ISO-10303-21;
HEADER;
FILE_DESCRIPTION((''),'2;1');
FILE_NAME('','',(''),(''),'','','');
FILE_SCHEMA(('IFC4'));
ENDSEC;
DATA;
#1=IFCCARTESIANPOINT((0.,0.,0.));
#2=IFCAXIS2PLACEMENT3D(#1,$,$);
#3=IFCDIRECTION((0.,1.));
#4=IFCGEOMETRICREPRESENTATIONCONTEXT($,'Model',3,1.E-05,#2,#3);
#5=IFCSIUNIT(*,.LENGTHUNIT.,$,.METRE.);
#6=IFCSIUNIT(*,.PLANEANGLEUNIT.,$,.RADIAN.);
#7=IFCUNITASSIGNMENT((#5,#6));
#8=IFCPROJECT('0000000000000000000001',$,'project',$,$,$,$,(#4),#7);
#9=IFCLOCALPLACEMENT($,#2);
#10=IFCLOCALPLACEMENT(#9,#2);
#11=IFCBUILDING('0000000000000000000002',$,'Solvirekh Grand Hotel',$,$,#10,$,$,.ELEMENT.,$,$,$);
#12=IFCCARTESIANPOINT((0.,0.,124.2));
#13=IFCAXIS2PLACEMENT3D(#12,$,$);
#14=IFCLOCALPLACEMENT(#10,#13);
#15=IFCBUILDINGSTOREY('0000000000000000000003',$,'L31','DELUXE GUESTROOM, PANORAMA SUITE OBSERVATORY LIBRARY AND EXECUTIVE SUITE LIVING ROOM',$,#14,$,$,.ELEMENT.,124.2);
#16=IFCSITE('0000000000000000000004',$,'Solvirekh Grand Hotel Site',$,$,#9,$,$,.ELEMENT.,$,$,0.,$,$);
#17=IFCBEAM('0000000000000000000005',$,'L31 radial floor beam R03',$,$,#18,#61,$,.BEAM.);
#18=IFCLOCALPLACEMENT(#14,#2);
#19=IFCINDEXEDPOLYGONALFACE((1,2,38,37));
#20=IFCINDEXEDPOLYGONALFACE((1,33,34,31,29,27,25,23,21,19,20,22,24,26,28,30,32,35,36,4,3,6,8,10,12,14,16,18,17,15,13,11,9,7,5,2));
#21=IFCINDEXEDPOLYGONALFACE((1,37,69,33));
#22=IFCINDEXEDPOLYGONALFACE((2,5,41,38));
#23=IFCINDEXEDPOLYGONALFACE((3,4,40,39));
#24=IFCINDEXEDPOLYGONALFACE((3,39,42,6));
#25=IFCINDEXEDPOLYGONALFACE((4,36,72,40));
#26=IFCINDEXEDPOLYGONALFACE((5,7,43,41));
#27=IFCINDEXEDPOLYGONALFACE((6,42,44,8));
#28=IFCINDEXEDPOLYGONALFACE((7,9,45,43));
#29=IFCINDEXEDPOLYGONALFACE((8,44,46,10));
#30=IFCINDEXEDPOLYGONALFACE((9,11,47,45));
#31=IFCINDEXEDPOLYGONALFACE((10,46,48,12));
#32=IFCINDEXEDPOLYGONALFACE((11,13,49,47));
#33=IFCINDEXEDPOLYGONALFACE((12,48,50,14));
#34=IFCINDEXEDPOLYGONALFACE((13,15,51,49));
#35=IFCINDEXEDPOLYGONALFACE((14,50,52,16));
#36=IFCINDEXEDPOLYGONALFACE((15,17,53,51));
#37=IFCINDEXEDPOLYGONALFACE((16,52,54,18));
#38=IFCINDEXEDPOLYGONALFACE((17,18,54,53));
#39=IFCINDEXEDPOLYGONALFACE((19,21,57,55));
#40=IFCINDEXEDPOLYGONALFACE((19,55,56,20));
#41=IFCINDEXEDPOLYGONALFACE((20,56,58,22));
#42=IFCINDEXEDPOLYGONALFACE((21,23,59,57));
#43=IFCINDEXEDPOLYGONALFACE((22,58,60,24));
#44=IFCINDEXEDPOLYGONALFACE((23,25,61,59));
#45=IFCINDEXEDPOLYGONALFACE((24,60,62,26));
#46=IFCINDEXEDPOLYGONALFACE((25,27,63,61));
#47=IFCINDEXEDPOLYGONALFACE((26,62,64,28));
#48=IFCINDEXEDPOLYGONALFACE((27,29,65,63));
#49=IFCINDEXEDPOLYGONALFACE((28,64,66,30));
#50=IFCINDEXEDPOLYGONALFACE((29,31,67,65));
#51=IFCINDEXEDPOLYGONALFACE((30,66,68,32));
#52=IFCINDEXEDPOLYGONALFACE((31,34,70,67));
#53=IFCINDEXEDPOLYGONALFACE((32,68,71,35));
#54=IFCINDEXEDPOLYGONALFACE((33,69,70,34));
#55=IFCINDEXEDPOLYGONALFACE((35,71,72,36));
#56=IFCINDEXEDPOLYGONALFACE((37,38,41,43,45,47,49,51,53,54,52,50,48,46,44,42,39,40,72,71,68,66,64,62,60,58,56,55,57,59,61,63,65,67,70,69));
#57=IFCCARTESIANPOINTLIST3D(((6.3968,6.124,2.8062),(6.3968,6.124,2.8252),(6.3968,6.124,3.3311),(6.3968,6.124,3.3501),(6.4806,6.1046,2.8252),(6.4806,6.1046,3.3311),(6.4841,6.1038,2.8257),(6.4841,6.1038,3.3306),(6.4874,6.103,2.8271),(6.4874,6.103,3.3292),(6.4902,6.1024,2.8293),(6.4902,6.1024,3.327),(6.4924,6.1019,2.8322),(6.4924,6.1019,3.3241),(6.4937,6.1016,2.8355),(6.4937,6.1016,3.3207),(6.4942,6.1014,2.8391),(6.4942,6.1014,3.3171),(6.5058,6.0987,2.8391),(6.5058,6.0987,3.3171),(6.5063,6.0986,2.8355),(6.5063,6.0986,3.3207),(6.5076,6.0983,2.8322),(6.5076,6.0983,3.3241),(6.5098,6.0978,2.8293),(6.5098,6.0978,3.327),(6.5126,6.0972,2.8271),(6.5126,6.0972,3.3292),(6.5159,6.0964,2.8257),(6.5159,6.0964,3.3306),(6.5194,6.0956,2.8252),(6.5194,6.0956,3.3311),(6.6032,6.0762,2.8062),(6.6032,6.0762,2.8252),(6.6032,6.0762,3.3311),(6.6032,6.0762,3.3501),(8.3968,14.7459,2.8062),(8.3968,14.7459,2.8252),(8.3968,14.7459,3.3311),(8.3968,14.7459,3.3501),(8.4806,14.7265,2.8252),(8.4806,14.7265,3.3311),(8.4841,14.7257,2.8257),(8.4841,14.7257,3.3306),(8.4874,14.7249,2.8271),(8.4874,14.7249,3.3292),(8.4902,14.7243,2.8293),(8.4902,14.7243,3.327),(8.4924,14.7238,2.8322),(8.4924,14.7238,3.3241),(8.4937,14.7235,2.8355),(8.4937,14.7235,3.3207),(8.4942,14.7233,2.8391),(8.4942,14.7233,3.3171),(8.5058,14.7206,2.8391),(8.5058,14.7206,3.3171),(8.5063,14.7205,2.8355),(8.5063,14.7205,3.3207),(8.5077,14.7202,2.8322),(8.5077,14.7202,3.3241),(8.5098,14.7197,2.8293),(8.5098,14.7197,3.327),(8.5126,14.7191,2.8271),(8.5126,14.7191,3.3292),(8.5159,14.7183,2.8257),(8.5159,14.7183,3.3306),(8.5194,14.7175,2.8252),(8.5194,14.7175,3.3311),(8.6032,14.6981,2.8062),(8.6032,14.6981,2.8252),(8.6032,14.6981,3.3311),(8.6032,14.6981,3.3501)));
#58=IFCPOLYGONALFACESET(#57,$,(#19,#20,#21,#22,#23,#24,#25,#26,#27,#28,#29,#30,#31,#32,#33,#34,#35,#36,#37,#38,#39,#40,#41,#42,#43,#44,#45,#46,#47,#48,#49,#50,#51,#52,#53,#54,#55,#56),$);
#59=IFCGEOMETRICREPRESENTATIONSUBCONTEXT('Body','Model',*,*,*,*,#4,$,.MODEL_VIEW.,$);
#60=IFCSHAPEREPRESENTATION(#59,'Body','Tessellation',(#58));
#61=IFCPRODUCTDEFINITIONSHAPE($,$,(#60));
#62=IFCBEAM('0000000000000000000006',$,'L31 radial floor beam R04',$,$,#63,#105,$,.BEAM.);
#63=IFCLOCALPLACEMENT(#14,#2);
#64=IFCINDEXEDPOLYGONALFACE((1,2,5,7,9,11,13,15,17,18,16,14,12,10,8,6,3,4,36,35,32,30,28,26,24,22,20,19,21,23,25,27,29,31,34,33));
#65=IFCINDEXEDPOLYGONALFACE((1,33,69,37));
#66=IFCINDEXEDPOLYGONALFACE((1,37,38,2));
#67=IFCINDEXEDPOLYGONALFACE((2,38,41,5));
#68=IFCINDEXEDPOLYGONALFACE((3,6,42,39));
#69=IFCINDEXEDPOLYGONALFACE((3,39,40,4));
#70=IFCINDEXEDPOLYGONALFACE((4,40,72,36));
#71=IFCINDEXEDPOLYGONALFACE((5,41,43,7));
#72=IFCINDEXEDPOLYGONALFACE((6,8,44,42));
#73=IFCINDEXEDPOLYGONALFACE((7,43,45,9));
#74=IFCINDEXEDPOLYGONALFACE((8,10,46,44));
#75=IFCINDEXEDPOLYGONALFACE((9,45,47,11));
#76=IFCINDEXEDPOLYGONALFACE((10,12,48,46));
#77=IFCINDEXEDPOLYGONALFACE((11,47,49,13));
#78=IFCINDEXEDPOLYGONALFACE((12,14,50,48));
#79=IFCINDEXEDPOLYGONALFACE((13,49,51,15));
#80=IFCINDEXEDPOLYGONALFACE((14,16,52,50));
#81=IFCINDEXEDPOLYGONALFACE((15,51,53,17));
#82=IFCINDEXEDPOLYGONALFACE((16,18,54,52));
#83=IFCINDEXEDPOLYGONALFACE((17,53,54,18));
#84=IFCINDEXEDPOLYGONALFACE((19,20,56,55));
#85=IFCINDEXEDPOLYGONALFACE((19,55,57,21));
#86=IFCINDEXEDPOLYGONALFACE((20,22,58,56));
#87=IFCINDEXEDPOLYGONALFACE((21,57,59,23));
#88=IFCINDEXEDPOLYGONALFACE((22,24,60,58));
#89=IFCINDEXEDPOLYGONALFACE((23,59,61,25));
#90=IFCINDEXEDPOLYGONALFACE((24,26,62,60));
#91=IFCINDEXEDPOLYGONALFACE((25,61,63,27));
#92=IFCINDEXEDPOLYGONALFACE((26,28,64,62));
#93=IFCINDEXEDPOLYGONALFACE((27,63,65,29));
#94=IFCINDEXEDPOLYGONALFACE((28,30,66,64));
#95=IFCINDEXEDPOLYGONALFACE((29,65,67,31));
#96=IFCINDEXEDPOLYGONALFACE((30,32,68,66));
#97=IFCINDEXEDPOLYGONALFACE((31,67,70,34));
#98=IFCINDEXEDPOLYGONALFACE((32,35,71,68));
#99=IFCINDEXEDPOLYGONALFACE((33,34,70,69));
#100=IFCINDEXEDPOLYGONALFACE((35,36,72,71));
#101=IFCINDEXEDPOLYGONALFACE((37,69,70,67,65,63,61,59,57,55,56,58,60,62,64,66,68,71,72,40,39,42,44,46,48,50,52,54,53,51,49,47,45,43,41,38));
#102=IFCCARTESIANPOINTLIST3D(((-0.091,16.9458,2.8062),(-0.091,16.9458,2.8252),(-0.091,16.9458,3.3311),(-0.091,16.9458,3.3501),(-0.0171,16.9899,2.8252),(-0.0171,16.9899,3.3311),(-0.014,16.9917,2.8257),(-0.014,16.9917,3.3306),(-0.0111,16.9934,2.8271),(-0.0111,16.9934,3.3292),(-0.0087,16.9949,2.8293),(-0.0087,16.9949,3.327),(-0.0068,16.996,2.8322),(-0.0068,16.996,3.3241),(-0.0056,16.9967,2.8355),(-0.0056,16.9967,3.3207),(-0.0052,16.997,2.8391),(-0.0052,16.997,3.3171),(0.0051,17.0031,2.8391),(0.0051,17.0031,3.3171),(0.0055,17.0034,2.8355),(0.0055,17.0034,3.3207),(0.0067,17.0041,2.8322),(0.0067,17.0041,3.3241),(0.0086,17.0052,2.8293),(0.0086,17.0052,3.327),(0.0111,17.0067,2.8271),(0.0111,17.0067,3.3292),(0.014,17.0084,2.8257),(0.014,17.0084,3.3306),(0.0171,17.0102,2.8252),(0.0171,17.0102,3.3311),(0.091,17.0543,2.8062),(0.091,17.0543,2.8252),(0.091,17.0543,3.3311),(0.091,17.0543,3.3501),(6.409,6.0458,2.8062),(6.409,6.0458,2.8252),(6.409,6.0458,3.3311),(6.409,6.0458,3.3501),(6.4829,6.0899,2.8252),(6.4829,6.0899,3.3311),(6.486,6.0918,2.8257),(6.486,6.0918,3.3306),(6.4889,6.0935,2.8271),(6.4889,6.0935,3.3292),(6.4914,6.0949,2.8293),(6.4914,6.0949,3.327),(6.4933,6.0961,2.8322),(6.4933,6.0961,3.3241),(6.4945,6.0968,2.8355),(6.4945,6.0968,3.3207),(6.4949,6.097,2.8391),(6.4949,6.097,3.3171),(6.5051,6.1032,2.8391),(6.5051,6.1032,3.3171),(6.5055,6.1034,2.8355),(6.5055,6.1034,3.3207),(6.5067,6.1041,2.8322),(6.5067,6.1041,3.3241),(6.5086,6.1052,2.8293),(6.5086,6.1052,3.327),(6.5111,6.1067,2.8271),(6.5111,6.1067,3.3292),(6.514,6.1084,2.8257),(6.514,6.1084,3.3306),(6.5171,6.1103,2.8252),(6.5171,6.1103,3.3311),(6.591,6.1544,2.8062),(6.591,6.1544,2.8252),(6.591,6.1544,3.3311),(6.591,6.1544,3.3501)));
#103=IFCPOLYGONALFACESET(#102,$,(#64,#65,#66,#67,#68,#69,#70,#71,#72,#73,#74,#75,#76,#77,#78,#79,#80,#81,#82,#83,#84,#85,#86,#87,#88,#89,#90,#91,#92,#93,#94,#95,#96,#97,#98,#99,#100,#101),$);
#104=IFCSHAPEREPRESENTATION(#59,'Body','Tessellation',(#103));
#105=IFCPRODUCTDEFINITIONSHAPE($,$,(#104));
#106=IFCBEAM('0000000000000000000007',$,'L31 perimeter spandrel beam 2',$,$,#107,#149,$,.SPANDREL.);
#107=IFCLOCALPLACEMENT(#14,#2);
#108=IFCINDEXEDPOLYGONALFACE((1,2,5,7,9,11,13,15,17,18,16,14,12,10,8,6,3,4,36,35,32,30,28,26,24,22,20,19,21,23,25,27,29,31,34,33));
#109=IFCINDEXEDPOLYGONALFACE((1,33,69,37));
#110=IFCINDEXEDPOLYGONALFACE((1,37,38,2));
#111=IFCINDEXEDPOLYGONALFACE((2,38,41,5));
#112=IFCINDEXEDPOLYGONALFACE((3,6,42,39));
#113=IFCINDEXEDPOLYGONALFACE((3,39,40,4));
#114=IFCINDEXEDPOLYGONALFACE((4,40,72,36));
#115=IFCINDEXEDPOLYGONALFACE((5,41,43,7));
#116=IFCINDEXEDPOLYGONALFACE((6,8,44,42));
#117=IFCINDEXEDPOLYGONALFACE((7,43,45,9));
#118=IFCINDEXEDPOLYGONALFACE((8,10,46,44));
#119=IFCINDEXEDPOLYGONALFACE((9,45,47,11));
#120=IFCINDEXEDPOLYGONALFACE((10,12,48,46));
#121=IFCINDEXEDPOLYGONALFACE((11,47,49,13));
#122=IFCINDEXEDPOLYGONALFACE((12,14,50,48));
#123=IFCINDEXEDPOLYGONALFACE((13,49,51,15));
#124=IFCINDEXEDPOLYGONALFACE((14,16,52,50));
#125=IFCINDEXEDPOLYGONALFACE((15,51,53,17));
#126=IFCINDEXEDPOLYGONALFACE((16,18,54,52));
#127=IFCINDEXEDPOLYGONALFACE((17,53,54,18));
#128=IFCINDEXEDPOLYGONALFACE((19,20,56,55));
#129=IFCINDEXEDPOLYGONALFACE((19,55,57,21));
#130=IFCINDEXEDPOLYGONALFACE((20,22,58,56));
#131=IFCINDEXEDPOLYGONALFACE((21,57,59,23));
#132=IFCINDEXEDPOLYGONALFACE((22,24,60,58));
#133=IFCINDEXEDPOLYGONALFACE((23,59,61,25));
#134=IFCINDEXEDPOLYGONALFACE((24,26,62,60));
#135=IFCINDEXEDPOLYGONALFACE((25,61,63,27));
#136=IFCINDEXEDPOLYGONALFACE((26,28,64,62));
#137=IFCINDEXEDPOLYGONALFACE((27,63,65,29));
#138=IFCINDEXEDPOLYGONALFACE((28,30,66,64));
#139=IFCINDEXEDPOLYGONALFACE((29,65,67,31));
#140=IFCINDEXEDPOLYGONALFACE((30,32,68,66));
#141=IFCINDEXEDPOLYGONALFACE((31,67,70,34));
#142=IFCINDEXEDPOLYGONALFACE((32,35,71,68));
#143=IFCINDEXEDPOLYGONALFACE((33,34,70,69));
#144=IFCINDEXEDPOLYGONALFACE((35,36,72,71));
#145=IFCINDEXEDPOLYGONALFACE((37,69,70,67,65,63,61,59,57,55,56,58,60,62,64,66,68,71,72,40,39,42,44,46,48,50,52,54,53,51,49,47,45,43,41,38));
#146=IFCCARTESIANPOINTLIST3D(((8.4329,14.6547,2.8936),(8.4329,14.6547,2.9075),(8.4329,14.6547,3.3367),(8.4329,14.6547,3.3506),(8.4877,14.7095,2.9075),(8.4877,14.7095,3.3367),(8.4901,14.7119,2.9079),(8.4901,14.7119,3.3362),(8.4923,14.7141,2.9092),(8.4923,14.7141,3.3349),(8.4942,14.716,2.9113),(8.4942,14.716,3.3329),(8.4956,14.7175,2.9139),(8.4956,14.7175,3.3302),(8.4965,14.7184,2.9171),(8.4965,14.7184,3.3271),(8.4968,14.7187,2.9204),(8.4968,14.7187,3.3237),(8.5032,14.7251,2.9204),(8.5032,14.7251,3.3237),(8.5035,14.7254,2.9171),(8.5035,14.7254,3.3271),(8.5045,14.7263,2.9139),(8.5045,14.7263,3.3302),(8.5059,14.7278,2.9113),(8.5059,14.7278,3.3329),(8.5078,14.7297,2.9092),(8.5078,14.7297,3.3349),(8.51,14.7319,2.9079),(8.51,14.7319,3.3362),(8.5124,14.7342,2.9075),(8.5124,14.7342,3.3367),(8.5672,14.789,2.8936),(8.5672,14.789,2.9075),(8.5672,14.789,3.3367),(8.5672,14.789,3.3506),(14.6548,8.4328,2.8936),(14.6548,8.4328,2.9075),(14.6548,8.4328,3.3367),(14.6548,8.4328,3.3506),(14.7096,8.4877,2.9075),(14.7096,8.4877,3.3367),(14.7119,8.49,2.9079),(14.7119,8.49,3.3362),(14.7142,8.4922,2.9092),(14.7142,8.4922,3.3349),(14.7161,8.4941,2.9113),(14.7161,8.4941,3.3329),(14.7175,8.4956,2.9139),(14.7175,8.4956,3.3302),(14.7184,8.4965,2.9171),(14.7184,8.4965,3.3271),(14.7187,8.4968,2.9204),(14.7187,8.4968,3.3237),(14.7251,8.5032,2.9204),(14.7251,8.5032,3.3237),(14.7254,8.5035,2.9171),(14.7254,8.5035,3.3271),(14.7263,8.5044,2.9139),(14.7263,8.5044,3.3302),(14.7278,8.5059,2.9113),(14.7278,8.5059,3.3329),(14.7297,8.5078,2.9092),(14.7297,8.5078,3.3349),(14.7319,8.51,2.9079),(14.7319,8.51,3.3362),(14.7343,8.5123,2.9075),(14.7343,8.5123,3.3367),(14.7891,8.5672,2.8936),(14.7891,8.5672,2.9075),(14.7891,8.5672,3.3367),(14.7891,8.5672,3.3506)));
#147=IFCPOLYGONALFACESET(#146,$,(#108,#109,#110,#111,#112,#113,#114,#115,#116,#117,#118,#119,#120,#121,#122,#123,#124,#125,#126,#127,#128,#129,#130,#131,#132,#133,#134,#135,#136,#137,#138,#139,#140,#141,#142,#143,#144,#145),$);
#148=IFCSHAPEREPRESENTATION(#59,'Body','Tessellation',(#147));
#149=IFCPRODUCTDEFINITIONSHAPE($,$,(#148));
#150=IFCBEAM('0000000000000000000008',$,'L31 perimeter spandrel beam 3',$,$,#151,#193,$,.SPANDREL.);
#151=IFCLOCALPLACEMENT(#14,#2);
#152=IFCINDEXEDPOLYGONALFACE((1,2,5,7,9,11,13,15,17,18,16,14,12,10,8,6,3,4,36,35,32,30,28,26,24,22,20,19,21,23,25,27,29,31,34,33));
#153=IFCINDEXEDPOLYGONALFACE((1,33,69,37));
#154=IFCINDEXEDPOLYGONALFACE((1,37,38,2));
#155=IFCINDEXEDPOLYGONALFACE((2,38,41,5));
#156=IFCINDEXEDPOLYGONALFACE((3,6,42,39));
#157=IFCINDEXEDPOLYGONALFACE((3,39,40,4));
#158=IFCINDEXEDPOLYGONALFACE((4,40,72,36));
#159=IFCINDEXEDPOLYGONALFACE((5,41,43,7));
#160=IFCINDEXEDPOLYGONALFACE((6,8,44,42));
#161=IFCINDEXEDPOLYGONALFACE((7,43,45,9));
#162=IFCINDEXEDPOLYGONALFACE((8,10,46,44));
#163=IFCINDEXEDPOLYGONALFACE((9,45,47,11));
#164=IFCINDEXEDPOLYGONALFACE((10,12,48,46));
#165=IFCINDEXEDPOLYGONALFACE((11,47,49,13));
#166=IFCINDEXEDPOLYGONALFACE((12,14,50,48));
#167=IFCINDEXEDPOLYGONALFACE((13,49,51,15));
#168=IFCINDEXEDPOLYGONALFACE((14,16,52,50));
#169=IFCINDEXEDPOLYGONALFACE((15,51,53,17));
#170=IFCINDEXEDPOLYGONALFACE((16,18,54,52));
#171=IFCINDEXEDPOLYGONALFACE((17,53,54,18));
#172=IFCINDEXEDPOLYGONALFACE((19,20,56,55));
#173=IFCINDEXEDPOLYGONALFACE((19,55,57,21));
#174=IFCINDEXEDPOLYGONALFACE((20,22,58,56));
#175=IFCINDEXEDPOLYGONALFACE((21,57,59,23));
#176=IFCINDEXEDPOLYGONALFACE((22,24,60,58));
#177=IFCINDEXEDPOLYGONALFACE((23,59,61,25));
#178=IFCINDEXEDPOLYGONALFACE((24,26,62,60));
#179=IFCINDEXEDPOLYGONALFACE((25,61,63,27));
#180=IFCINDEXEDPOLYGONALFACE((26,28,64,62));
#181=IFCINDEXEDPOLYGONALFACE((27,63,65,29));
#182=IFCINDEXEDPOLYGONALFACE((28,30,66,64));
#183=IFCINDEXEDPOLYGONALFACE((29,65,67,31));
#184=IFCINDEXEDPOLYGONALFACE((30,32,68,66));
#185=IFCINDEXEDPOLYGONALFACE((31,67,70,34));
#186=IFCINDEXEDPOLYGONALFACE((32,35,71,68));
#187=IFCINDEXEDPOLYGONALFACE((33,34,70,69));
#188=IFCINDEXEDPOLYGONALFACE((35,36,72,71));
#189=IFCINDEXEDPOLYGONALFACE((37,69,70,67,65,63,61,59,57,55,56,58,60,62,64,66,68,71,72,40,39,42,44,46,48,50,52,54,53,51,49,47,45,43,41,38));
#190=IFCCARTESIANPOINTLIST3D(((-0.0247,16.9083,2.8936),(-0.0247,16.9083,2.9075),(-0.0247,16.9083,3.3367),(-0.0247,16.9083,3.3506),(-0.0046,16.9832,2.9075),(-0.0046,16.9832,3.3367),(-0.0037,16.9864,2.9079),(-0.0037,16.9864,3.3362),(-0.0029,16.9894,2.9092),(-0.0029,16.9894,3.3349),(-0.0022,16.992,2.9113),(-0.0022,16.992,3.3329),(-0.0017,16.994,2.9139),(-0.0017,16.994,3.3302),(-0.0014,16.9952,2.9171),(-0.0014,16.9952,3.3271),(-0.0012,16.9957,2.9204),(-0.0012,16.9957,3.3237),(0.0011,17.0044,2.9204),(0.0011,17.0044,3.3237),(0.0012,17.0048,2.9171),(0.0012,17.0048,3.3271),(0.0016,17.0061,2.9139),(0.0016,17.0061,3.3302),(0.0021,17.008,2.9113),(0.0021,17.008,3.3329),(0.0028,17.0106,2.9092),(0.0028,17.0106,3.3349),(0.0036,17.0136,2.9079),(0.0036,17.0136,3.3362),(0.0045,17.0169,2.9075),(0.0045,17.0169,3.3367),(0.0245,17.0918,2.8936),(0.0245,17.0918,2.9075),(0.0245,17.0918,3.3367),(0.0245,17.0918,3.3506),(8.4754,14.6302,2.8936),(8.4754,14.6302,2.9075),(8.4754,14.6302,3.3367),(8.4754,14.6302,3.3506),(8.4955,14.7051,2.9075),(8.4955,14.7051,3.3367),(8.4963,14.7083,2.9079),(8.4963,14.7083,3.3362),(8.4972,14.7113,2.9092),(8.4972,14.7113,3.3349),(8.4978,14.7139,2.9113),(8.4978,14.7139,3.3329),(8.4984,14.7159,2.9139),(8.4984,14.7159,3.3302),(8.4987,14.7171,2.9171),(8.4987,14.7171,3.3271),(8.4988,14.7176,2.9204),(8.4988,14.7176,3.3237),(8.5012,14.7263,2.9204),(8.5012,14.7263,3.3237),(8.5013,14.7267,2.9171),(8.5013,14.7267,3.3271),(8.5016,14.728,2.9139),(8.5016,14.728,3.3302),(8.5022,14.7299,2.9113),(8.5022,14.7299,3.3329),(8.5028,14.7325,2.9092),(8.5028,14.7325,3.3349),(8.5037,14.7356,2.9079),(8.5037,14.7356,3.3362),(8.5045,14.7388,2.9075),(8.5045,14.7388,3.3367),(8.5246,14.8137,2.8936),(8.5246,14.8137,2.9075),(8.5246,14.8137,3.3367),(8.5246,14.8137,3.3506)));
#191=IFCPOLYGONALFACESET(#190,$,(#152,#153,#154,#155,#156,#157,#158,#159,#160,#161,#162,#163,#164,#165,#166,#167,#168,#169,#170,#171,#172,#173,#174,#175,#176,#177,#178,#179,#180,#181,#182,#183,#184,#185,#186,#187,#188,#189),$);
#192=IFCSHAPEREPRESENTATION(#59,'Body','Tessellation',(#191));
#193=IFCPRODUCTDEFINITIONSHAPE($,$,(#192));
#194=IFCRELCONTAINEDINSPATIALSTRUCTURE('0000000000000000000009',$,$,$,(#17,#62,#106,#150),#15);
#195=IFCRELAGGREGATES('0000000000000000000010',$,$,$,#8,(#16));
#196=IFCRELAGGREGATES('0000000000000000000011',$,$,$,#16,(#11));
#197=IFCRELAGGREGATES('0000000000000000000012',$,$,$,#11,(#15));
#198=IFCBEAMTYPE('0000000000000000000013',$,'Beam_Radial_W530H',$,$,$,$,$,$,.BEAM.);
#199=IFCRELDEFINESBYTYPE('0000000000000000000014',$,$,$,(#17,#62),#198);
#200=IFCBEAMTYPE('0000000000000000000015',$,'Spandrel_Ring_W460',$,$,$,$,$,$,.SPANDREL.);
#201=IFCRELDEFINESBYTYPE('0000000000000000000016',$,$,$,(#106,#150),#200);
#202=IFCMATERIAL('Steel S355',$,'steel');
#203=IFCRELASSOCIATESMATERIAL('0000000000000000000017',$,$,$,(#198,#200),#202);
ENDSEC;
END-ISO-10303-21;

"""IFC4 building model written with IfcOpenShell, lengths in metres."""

from ifc_helpers import new_model, si_unit, direction, frame, origin, origin_2d, place, context, subcontext, project, spatial, i_section, extrude, material, material_profile, profile_set, type_object, element, save


model = new_model("IFC4")

# Units and contexts
model_context = context("Model", 3, precision=1e-05, world=origin(), true_north=direction((0.0, 1.0)))
body_context = subcontext(model_context, "Body", "Model", "MODEL_VIEW")
ifc_project = project(units=[si_unit("LENGTHUNIT", "METRE"), si_unit("PLANEANGLEUNIT", "RADIAN")], contexts=[model_context])

# Site, building, storey
site_placement = place(None, origin())
site = spatial("IfcSite", under=ifc_project, at=site_placement, Name="Solvirekh Grand Hotel Site", CompositionType="ELEMENT", RefElevation=0.0)
building_placement = place(site_placement, origin())
building = spatial("IfcBuilding", under=site, at=building_placement, Name="Solvirekh Grand Hotel", CompositionType="ELEMENT")
storey_placement = place(building_placement, frame((0.0, 0.0, 124.2)))
storey = spatial("IfcBuildingStorey", under=building, at=storey_placement, Name="L31", Description="DELUXE GUESTROOM, PANORAMA SUITE OBSERVATORY LIBRARY AND EXECUTIVE SUITE LIVING ROOM", CompositionType="ELEMENT", Elevation=124.2)

# Beams
ifc_material_1 = material(Name="Steel S355", Category="steel")
ifc_material_profile_1 = material_profile(ifc_material_1, i_section(OverallWidth=0.2119, OverallDepth=0.5439, WebThickness=0.012, FlangeThickness=0.019, FilletRadius=0.0139, at=origin_2d()), Name="W530X123")
ifc_profile_set_1 = profile_set([ifc_material_profile_1], Name="Steel S355")
beam_type_1 = type_object("IfcBeamType", Name="Beam_Radial_W530H", PredefinedType="BEAM", material=ifc_profile_set_1)
beam_1_placement = place(storey_placement, frame((6.5, 6.1001, 3.0781), z_axis=(0.225969, 0.974134, 0.0), x_axis=(-0.974134, 0.225969, 0.0)))
element("IfcBeam", 1, at=beam_1_placement, inside=storey, type_object=beam_type_1, Name="L31 radial floor beam R03", PredefinedType="BEAM", context=body_context, shape_type="SweptSolid", body=[
    extrude(i_section(OverallWidth=0.2119, OverallDepth=0.5439, WebThickness=0.012, FlangeThickness=0.019, FilletRadius=0.0139, at=origin_2d()), origin(), (0.0, 0.0, 1.0), 8.8508),
])
beam_2_placement = place(storey_placement, frame((6.5, 6.1001, 3.0781), z_axis=(-0.51218, 0.858878, 0.0), x_axis=(-0.858878, -0.51218, 0.0)))
element("IfcBeam", 2, at=beam_2_placement, inside=storey, type_object=beam_type_1, Name="L31 radial floor beam R04", PredefinedType="BEAM", context=body_context, shape_type="SweptSolid", body=[
    extrude(i_section(OverallWidth=0.2119, OverallDepth=0.5439, WebThickness=0.012, FlangeThickness=0.019, FilletRadius=0.0139, at=origin_2d()), origin(), (0.0, 0.0, 1.0), 12.6909),
])
ifc_material_profile_2 = material_profile(ifc_material_1, i_section(OverallWidth=0.1899, OverallDepth=0.457, WebThickness=0.009, FlangeThickness=0.0139, FilletRadius=0.0129, at=origin_2d()), Name="W460X74")
ifc_profile_set_2 = profile_set([ifc_material_profile_2], Name="Steel S355")
beam_type_2 = type_object("IfcBeamType", Name="Spandrel_Ring_W460", PredefinedType="SPANDREL", material=ifc_profile_set_2)
beam_3_placement = place(storey_placement, frame((14.7219, 8.5, 3.1221), z_axis=(-0.707107, 0.707107, 0.0), x_axis=(-0.707107, -0.707107, 0.0)))
element("IfcBeam", 3, at=beam_3_placement, inside=storey, type_object=beam_type_2, Name="L31 perimeter spandrel beam 2", PredefinedType="SPANDREL", context=body_context, shape_type="SweptSolid", body=[
    extrude(i_section(OverallWidth=0.1899, OverallDepth=0.457, WebThickness=0.009, FlangeThickness=0.0139, FilletRadius=0.0129, at=origin_2d()), origin(), (0.0, 0.0, 1.0), 8.7991),
])
beam_4_placement = place(storey_placement, frame((8.5, 14.7219, 3.1221), z_axis=(-0.965911, 0.258873, 0.0), x_axis=(-0.258873, -0.965911, 0.0)))
element("IfcBeam", 4, at=beam_4_placement, inside=storey, type_object=beam_type_2, Name="L31 perimeter spandrel beam 3", PredefinedType="SPANDREL", context=body_context, shape_type="SweptSolid", body=[
    extrude(i_section(OverallWidth=0.1899, OverallDepth=0.457, WebThickness=0.009, FlangeThickness=0.0139, FilletRadius=0.0129, at=origin_2d()), origin(), (0.0, 0.0, 1.0), 8.8),
])

save(model, "model.ifc")
